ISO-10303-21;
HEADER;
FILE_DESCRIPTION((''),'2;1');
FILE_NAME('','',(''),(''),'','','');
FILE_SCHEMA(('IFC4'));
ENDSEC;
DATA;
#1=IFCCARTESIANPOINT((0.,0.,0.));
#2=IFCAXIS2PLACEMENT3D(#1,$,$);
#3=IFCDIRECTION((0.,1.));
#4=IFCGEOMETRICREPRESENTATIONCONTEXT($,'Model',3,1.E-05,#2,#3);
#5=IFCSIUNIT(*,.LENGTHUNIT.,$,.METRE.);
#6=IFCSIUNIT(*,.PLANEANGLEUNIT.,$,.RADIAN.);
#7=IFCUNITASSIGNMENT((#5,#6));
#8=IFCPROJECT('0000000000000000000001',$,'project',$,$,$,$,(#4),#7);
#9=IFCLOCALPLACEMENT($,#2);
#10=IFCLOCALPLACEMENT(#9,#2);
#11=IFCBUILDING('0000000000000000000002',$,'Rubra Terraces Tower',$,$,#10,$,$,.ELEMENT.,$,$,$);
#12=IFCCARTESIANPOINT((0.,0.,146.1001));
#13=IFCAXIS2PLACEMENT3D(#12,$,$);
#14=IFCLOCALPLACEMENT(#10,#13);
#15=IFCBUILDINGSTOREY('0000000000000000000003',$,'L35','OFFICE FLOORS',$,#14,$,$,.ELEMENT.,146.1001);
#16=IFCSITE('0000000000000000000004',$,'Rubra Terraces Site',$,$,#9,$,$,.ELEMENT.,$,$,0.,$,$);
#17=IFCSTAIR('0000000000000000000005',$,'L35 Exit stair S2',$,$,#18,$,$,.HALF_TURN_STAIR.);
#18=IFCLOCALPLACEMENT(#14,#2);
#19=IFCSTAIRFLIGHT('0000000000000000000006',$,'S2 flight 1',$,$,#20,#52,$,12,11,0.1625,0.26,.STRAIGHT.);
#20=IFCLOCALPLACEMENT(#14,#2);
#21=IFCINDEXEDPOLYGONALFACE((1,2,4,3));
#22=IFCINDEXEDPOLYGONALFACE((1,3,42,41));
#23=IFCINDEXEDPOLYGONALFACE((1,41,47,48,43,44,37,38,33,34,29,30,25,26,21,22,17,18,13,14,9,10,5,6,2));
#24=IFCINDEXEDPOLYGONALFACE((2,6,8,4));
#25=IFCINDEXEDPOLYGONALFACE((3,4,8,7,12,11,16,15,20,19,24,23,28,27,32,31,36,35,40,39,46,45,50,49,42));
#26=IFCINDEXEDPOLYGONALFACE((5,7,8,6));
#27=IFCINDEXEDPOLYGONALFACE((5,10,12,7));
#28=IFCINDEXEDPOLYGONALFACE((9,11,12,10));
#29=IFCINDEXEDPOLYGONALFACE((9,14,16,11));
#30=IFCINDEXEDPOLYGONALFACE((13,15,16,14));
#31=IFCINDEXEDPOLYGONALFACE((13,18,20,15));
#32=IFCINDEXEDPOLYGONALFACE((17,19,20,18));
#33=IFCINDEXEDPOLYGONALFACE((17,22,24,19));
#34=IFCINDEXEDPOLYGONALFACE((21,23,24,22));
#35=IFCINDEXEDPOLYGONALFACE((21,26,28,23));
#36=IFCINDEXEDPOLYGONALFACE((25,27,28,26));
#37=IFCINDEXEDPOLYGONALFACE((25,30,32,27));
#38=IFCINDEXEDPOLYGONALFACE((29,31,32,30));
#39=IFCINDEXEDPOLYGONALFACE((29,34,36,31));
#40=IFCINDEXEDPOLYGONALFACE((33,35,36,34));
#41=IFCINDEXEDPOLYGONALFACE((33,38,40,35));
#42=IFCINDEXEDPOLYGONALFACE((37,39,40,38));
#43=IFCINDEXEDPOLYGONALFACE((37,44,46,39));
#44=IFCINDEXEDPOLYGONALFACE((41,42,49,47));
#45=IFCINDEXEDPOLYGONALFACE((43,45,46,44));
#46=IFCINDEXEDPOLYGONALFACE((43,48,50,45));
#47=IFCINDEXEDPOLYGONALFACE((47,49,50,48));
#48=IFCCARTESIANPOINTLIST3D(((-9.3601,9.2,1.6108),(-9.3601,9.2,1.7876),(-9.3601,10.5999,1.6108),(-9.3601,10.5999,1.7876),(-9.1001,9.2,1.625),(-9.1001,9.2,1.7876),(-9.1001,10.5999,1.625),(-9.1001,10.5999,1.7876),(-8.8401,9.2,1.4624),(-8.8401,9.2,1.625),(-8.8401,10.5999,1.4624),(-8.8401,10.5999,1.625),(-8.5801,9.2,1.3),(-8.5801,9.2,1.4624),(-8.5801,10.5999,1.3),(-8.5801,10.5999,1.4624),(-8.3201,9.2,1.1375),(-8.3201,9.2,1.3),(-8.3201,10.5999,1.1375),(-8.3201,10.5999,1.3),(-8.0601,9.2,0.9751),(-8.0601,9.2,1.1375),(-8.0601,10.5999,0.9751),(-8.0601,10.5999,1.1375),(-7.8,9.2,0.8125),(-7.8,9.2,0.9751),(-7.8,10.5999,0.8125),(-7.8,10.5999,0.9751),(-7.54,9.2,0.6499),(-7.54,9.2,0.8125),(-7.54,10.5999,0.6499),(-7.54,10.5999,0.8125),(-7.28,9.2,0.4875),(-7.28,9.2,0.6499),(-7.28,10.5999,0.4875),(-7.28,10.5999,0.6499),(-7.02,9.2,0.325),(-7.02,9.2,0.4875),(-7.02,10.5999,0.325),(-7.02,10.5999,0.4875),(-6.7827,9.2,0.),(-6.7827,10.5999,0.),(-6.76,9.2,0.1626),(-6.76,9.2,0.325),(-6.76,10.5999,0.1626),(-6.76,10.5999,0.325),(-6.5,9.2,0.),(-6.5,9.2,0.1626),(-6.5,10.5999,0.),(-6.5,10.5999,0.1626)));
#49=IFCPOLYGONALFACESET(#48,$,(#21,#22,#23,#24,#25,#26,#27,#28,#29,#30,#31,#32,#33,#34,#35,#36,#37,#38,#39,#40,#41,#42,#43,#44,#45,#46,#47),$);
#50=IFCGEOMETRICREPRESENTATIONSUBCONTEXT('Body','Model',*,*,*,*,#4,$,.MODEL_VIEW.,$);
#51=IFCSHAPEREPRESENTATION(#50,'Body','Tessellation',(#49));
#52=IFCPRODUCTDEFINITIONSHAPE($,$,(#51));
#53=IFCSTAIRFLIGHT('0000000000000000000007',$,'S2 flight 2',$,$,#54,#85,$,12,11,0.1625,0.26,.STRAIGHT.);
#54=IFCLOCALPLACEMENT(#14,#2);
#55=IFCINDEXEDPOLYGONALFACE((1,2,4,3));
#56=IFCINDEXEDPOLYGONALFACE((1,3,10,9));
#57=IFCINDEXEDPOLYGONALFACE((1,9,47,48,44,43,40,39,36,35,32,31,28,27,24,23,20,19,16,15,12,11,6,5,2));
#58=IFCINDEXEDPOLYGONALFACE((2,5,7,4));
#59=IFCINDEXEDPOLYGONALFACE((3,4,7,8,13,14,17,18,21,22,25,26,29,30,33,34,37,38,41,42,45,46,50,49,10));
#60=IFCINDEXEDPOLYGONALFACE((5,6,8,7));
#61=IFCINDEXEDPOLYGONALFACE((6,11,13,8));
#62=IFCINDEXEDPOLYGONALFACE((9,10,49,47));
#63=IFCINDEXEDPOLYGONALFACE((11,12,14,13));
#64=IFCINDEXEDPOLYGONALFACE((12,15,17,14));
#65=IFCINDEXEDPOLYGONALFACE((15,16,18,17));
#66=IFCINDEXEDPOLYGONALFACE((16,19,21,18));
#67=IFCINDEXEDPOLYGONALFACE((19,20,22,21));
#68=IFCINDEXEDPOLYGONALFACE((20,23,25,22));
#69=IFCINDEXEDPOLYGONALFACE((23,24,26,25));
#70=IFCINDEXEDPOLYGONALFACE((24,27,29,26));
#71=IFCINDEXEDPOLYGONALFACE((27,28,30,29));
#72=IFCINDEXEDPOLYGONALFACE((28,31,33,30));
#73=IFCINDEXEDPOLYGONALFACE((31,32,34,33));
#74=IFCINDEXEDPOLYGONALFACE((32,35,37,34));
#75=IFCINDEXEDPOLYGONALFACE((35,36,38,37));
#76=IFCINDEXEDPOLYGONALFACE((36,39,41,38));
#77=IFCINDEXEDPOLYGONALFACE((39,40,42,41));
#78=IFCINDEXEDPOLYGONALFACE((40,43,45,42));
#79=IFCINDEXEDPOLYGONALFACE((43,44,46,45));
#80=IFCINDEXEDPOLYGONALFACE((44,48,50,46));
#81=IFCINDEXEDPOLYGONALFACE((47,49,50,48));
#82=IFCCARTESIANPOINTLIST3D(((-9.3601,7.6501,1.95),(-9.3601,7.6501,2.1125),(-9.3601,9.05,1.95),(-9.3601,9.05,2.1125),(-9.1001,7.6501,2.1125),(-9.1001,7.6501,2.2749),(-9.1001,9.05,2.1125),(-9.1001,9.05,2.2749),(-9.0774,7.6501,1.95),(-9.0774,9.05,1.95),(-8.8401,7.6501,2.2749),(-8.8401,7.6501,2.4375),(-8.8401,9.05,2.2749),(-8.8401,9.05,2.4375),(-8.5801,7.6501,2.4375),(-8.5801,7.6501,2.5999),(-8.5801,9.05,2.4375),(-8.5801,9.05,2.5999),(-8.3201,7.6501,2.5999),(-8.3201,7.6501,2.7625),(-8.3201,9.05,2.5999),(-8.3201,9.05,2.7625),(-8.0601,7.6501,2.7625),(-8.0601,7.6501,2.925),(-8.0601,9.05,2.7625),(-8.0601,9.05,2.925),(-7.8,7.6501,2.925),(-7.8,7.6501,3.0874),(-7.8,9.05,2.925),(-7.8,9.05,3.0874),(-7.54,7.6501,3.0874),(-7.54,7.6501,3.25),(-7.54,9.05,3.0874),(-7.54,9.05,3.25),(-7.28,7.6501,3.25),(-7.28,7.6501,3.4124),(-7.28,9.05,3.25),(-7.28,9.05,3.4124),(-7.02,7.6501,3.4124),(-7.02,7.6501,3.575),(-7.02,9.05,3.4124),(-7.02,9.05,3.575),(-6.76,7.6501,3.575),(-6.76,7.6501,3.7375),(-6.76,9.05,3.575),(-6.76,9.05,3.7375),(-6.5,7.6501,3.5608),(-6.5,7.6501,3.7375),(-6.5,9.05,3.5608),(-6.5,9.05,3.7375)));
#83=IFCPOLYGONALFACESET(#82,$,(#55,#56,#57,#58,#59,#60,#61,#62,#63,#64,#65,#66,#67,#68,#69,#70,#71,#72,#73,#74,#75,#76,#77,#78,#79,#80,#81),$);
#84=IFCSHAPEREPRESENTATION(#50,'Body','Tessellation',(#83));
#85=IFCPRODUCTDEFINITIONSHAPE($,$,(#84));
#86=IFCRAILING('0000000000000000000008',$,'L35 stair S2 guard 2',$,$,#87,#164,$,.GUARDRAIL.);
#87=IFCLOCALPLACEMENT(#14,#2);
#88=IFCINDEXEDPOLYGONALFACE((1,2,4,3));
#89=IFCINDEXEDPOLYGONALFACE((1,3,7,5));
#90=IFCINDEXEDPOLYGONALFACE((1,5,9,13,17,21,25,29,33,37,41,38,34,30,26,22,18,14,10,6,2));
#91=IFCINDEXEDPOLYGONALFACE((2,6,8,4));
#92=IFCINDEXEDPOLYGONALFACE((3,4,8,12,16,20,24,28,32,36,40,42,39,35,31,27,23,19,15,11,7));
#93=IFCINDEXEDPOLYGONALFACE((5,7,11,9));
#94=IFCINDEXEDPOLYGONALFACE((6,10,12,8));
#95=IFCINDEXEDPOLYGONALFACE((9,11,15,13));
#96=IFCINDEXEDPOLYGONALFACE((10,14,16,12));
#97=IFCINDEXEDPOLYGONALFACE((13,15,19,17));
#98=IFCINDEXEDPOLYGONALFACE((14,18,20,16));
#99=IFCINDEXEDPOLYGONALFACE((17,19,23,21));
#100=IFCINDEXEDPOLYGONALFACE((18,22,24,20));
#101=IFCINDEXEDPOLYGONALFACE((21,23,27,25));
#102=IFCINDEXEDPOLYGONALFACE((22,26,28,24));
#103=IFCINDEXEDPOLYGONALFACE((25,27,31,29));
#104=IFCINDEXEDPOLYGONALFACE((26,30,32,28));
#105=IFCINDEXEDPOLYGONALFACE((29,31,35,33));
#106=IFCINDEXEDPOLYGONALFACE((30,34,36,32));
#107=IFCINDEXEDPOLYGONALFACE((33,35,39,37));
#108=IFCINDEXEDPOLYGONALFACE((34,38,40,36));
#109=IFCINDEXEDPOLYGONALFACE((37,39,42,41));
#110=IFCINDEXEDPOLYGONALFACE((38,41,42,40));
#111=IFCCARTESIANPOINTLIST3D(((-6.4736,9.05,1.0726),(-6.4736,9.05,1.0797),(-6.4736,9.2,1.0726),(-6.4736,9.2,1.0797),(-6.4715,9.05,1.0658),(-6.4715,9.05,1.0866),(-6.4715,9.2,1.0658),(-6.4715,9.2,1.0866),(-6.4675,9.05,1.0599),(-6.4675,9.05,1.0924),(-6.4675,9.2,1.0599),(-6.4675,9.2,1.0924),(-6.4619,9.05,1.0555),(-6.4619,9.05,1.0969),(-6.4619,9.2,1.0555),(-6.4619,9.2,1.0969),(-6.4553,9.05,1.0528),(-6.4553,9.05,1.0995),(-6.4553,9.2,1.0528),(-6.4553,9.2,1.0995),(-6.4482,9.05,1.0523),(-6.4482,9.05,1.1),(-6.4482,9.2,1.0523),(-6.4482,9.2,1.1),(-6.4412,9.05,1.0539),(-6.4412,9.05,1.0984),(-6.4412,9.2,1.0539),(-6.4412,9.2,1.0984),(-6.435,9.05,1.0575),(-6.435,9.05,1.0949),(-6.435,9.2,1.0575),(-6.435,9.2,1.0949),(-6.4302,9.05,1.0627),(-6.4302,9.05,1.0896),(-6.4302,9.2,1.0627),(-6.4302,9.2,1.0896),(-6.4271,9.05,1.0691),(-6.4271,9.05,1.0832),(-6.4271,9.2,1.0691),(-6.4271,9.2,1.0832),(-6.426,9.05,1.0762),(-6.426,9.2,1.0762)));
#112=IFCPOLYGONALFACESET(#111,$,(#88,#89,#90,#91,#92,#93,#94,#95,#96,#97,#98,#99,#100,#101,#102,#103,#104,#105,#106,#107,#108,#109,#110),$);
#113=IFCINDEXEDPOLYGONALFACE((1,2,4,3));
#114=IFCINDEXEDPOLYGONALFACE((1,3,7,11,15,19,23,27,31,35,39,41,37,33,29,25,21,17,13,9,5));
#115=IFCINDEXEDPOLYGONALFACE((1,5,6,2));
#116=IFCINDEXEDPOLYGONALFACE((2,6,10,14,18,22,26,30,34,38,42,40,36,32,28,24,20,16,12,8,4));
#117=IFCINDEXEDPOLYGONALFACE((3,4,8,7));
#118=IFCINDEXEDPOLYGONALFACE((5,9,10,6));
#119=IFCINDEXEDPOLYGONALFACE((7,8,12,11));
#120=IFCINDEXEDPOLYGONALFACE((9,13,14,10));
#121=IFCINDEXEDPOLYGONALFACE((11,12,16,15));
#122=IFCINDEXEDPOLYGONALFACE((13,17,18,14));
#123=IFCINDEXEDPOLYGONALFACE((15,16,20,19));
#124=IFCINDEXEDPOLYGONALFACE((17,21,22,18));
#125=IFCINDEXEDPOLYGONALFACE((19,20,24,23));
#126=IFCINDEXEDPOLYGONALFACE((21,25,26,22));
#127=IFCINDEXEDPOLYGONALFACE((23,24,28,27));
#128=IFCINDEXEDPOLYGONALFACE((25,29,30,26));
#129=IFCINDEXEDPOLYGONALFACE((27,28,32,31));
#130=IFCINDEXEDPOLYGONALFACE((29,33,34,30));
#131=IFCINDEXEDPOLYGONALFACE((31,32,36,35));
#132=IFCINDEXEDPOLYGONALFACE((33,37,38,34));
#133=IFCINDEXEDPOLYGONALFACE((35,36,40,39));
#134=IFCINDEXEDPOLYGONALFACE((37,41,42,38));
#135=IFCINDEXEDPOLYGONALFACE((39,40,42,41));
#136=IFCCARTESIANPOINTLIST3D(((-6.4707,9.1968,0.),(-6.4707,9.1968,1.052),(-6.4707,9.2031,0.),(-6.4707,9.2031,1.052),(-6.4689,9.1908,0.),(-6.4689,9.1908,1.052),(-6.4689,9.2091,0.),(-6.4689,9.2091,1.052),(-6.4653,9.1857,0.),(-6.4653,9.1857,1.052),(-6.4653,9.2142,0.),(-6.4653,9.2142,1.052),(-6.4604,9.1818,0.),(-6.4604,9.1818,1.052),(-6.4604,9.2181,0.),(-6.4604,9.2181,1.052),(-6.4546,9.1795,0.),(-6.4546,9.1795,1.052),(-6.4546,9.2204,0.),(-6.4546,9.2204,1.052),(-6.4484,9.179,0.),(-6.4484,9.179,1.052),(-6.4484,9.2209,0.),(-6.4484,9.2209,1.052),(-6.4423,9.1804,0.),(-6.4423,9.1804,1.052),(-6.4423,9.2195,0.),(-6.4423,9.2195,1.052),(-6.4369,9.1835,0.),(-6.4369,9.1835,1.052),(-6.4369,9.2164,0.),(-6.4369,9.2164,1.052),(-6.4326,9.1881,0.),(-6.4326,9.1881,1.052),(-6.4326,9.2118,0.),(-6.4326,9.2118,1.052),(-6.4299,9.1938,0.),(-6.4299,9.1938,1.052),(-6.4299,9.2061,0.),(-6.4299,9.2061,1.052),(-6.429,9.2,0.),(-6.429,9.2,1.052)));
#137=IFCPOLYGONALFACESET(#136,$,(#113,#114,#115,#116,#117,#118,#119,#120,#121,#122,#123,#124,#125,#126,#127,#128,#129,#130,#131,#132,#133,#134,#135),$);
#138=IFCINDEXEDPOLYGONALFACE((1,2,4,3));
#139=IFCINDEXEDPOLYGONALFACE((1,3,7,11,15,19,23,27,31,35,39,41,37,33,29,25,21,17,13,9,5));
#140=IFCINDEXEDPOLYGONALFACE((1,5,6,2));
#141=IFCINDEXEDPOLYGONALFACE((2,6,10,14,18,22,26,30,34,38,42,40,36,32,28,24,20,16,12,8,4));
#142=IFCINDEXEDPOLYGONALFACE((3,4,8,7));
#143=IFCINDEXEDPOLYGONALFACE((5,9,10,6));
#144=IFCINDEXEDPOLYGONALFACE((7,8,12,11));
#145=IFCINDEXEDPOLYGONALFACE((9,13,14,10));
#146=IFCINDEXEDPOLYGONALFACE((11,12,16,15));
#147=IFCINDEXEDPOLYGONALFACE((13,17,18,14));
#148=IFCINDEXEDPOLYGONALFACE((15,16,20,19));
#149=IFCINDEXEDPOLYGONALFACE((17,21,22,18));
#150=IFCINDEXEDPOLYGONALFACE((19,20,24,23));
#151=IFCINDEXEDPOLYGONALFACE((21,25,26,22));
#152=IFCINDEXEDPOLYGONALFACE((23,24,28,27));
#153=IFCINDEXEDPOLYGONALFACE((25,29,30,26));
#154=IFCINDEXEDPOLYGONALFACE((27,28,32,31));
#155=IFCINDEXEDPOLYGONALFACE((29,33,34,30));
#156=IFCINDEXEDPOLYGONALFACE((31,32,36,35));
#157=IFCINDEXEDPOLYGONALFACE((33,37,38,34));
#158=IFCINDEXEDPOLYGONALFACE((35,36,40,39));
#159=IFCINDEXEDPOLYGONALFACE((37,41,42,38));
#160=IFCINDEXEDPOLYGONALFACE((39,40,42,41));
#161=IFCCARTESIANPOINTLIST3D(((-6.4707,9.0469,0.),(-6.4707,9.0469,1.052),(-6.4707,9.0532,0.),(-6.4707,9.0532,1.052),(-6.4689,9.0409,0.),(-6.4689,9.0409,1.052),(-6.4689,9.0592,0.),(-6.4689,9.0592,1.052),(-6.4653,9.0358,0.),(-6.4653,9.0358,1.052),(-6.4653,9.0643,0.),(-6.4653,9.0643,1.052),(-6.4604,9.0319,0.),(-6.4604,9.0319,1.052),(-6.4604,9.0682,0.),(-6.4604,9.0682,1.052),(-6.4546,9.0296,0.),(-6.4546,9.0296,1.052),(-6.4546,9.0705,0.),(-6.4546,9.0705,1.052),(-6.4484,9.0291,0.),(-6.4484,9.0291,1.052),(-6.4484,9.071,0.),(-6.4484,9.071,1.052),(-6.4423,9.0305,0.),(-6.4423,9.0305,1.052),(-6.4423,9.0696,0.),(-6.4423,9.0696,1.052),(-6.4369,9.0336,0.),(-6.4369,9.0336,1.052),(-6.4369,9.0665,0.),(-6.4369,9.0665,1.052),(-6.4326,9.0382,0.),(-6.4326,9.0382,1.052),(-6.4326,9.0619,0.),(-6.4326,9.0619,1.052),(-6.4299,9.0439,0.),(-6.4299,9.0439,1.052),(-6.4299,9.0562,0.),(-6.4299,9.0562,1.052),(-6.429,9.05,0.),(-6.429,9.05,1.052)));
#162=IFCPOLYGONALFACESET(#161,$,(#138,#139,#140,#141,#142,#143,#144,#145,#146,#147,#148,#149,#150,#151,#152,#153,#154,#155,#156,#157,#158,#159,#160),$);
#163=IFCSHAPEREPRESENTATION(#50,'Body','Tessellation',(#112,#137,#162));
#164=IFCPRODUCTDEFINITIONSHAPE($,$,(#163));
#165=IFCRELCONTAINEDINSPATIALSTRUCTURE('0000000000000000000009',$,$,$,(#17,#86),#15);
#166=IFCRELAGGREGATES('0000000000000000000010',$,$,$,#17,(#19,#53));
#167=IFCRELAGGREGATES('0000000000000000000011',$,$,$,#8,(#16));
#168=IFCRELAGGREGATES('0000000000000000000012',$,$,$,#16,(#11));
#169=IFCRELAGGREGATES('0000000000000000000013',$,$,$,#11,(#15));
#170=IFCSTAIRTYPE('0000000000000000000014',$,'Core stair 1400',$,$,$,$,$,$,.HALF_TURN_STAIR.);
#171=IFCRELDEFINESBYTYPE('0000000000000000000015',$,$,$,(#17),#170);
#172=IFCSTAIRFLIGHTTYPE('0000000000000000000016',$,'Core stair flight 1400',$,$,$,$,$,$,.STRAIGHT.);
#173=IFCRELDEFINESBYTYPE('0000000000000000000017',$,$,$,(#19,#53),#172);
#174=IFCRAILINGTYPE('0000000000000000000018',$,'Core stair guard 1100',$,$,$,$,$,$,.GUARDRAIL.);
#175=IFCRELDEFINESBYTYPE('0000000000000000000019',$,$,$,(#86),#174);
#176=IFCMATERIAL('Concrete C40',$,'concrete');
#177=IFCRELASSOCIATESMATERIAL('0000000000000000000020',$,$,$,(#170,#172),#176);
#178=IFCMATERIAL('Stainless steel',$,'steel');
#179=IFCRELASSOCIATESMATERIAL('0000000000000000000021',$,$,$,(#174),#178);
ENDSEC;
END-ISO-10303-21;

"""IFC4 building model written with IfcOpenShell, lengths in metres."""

from ifc_helpers import new_model, si_unit, direction, frame, origin, origin_2d, place, context, subcontext, project, spatial, polyline, circle, outline, extrude, material, type_object, element, aggregate, save


model = new_model("IFC4")

# Units and contexts
model_context = context("Model", 3, precision=1e-05, world=origin(), true_north=direction((0.0, 1.0)))
body_context = subcontext(model_context, "Body", "Model", "MODEL_VIEW")
ifc_project = project(units=[si_unit("LENGTHUNIT", "METRE"), si_unit("PLANEANGLEUNIT", "RADIAN")], contexts=[model_context])

# Site, building, storey
site_placement = place(None, origin())
site = spatial("IfcSite", under=ifc_project, at=site_placement, Name="Rubra Terraces Site", CompositionType="ELEMENT", RefElevation=0.0)
building_placement = place(site_placement, origin())
building = spatial("IfcBuilding", under=site, at=building_placement, Name="Rubra Terraces Tower", CompositionType="ELEMENT")
storey_placement = place(building_placement, frame((0.0, 0.0, 146.1001)))
storey = spatial("IfcBuildingStorey", under=building, at=storey_placement, Name="L35", Description="OFFICE FLOORS", CompositionType="ELEMENT", Elevation=146.1001)

# Shared definitions
ifc_material_1 = material(Name="Concrete C40", Category="concrete")

# Shared definitions
ifc_material_2 = material(Name="Stainless steel", Category="steel")

# Stair, stair flights
stair_type = type_object("IfcStairType", Name="Core stair 1400", PredefinedType="HALF_TURN_STAIR", material=ifc_material_1)
stair_placement = place(storey_placement, origin())
stair = element("IfcStair", 1, at=stair_placement, inside=storey, type_object=stair_type, Name="L35 Exit stair S2", PredefinedType="HALF_TURN_STAIR")
stair_flight_type = type_object("IfcStairFlightType", Name="Core stair flight 1400", PredefinedType="STRAIGHT", material=ifc_material_1)
stair_flight_1_placement = place(storey_placement, frame((-6.5, 9.8999, 0.0), z_axis=(0.0, 0.0, 1.0), x_axis=(-1.0, 0.0, 0.0)))
stair_flight_1 = element("IfcStairFlight", 2, at=stair_flight_1_placement, type_object=stair_flight_type, Name="S2 flight 1", NumberOfRisers=12, NumberOfTreads=11, PredefinedType="STRAIGHT", RiserHeight=0.1625, TreadLength=0.26, context=body_context, shape_type="SweptSolid", body=[
    extrude(outline(polyline([(0.0, 0.0), (0.0, 0.1626), (0.26, 0.1626), (0.26, 0.325), (0.52, 0.325), (0.52, 0.4875), (0.78, 0.4875), (0.78, 0.6499), (1.04, 0.6499), (1.04, 0.8125), (1.3, 0.8125), (1.3, 0.9751), (1.5601, 0.9751), (1.5601, 1.1375), (1.8201, 1.1375), (1.8201, 1.3), (2.0801, 1.3), (2.0801, 1.4624), (2.3401, 1.4624), (2.3401, 1.625), (2.6001, 1.625), (2.6001, 1.7876), (2.8601, 1.7876), (2.8601, 1.95), (2.8601, 1.6108), (0.2827, 0.0), (0.0, 0.0)])), frame((0.0, 0.7, 0.0), z_axis=(0.0, -1.0, 0.0), x_axis=(1.0, 0.0, 0.0)), (0.0, 0.0, 1.0), 1.3999),
])
stair_flight_2_placement = place(storey_placement, frame((-9.3601, 8.3501, 1.95), z_axis=(0.0, 0.0, 1.0), x_axis=(1.0, 0.0, 0.0)))
stair_flight_2 = element("IfcStairFlight", 3, at=stair_flight_2_placement, type_object=stair_flight_type, Name="S2 flight 2", NumberOfRisers=12, NumberOfTreads=11, PredefinedType="STRAIGHT", RiserHeight=0.1625, TreadLength=0.26, context=body_context, shape_type="SweptSolid", body=[
    extrude(outline(polyline([(0.0, 0.0), (0.0, 0.1626), (0.26, 0.1626), (0.26, 0.325), (0.52, 0.325), (0.52, 0.4875), (0.78, 0.4875), (0.78, 0.6499), (1.04, 0.6499), (1.04, 0.8125), (1.3, 0.8125), (1.3, 0.9751), (1.5601, 0.9751), (1.5601, 1.1375), (1.8201, 1.1375), (1.8201, 1.3), (2.0801, 1.3), (2.0801, 1.4624), (2.3401, 1.4624), (2.3401, 1.625), (2.6001, 1.625), (2.6001, 1.7876), (2.8601, 1.7876), (2.8601, 1.95), (2.8601, 1.6108), (0.2827, 0.0), (0.0, 0.0)])), frame((0.0, 0.7, 0.0), z_axis=(0.0, -1.0, 0.0), x_axis=(1.0, 0.0, 0.0)), (0.0, 0.0, 1.0), 1.3999),
])
aggregate(stair, [stair_flight_1, stair_flight_2])

# Railing
railing_type_1 = type_object("IfcRailingType", Name="Core stair guard 1100", PredefinedType="GUARDRAIL", material=ifc_material_2)
railing_1_placement = place(storey_placement, frame((-6.45, 9.2, 0.0)))
element("IfcRailing", 4, at=railing_1_placement, inside=storey, type_object=railing_type_1, Name="L35 stair S2 guard 2", PredefinedType="GUARDRAIL", context=body_context, shape_type="SweptSolid", body=[
    extrude(circle(Radius=0.0239, at=origin_2d()), frame((0.0, 0.0, 1.0762), z_axis=(0.0, -1.0, 0.0), x_axis=(1.0, 0.0, 0.0)), (0.0, 0.0, 1.0), 0.1499),
    extrude(circle(Radius=0.021, at=origin_2d()), origin(), (0.0, 0.0, 1.0), 1.052),
    extrude(circle(Radius=0.021, at=origin_2d()), frame((0.0, -0.1499, 0.0)), (0.0, 0.0, 1.0), 1.052),
])

save(model, "model.ifc")
